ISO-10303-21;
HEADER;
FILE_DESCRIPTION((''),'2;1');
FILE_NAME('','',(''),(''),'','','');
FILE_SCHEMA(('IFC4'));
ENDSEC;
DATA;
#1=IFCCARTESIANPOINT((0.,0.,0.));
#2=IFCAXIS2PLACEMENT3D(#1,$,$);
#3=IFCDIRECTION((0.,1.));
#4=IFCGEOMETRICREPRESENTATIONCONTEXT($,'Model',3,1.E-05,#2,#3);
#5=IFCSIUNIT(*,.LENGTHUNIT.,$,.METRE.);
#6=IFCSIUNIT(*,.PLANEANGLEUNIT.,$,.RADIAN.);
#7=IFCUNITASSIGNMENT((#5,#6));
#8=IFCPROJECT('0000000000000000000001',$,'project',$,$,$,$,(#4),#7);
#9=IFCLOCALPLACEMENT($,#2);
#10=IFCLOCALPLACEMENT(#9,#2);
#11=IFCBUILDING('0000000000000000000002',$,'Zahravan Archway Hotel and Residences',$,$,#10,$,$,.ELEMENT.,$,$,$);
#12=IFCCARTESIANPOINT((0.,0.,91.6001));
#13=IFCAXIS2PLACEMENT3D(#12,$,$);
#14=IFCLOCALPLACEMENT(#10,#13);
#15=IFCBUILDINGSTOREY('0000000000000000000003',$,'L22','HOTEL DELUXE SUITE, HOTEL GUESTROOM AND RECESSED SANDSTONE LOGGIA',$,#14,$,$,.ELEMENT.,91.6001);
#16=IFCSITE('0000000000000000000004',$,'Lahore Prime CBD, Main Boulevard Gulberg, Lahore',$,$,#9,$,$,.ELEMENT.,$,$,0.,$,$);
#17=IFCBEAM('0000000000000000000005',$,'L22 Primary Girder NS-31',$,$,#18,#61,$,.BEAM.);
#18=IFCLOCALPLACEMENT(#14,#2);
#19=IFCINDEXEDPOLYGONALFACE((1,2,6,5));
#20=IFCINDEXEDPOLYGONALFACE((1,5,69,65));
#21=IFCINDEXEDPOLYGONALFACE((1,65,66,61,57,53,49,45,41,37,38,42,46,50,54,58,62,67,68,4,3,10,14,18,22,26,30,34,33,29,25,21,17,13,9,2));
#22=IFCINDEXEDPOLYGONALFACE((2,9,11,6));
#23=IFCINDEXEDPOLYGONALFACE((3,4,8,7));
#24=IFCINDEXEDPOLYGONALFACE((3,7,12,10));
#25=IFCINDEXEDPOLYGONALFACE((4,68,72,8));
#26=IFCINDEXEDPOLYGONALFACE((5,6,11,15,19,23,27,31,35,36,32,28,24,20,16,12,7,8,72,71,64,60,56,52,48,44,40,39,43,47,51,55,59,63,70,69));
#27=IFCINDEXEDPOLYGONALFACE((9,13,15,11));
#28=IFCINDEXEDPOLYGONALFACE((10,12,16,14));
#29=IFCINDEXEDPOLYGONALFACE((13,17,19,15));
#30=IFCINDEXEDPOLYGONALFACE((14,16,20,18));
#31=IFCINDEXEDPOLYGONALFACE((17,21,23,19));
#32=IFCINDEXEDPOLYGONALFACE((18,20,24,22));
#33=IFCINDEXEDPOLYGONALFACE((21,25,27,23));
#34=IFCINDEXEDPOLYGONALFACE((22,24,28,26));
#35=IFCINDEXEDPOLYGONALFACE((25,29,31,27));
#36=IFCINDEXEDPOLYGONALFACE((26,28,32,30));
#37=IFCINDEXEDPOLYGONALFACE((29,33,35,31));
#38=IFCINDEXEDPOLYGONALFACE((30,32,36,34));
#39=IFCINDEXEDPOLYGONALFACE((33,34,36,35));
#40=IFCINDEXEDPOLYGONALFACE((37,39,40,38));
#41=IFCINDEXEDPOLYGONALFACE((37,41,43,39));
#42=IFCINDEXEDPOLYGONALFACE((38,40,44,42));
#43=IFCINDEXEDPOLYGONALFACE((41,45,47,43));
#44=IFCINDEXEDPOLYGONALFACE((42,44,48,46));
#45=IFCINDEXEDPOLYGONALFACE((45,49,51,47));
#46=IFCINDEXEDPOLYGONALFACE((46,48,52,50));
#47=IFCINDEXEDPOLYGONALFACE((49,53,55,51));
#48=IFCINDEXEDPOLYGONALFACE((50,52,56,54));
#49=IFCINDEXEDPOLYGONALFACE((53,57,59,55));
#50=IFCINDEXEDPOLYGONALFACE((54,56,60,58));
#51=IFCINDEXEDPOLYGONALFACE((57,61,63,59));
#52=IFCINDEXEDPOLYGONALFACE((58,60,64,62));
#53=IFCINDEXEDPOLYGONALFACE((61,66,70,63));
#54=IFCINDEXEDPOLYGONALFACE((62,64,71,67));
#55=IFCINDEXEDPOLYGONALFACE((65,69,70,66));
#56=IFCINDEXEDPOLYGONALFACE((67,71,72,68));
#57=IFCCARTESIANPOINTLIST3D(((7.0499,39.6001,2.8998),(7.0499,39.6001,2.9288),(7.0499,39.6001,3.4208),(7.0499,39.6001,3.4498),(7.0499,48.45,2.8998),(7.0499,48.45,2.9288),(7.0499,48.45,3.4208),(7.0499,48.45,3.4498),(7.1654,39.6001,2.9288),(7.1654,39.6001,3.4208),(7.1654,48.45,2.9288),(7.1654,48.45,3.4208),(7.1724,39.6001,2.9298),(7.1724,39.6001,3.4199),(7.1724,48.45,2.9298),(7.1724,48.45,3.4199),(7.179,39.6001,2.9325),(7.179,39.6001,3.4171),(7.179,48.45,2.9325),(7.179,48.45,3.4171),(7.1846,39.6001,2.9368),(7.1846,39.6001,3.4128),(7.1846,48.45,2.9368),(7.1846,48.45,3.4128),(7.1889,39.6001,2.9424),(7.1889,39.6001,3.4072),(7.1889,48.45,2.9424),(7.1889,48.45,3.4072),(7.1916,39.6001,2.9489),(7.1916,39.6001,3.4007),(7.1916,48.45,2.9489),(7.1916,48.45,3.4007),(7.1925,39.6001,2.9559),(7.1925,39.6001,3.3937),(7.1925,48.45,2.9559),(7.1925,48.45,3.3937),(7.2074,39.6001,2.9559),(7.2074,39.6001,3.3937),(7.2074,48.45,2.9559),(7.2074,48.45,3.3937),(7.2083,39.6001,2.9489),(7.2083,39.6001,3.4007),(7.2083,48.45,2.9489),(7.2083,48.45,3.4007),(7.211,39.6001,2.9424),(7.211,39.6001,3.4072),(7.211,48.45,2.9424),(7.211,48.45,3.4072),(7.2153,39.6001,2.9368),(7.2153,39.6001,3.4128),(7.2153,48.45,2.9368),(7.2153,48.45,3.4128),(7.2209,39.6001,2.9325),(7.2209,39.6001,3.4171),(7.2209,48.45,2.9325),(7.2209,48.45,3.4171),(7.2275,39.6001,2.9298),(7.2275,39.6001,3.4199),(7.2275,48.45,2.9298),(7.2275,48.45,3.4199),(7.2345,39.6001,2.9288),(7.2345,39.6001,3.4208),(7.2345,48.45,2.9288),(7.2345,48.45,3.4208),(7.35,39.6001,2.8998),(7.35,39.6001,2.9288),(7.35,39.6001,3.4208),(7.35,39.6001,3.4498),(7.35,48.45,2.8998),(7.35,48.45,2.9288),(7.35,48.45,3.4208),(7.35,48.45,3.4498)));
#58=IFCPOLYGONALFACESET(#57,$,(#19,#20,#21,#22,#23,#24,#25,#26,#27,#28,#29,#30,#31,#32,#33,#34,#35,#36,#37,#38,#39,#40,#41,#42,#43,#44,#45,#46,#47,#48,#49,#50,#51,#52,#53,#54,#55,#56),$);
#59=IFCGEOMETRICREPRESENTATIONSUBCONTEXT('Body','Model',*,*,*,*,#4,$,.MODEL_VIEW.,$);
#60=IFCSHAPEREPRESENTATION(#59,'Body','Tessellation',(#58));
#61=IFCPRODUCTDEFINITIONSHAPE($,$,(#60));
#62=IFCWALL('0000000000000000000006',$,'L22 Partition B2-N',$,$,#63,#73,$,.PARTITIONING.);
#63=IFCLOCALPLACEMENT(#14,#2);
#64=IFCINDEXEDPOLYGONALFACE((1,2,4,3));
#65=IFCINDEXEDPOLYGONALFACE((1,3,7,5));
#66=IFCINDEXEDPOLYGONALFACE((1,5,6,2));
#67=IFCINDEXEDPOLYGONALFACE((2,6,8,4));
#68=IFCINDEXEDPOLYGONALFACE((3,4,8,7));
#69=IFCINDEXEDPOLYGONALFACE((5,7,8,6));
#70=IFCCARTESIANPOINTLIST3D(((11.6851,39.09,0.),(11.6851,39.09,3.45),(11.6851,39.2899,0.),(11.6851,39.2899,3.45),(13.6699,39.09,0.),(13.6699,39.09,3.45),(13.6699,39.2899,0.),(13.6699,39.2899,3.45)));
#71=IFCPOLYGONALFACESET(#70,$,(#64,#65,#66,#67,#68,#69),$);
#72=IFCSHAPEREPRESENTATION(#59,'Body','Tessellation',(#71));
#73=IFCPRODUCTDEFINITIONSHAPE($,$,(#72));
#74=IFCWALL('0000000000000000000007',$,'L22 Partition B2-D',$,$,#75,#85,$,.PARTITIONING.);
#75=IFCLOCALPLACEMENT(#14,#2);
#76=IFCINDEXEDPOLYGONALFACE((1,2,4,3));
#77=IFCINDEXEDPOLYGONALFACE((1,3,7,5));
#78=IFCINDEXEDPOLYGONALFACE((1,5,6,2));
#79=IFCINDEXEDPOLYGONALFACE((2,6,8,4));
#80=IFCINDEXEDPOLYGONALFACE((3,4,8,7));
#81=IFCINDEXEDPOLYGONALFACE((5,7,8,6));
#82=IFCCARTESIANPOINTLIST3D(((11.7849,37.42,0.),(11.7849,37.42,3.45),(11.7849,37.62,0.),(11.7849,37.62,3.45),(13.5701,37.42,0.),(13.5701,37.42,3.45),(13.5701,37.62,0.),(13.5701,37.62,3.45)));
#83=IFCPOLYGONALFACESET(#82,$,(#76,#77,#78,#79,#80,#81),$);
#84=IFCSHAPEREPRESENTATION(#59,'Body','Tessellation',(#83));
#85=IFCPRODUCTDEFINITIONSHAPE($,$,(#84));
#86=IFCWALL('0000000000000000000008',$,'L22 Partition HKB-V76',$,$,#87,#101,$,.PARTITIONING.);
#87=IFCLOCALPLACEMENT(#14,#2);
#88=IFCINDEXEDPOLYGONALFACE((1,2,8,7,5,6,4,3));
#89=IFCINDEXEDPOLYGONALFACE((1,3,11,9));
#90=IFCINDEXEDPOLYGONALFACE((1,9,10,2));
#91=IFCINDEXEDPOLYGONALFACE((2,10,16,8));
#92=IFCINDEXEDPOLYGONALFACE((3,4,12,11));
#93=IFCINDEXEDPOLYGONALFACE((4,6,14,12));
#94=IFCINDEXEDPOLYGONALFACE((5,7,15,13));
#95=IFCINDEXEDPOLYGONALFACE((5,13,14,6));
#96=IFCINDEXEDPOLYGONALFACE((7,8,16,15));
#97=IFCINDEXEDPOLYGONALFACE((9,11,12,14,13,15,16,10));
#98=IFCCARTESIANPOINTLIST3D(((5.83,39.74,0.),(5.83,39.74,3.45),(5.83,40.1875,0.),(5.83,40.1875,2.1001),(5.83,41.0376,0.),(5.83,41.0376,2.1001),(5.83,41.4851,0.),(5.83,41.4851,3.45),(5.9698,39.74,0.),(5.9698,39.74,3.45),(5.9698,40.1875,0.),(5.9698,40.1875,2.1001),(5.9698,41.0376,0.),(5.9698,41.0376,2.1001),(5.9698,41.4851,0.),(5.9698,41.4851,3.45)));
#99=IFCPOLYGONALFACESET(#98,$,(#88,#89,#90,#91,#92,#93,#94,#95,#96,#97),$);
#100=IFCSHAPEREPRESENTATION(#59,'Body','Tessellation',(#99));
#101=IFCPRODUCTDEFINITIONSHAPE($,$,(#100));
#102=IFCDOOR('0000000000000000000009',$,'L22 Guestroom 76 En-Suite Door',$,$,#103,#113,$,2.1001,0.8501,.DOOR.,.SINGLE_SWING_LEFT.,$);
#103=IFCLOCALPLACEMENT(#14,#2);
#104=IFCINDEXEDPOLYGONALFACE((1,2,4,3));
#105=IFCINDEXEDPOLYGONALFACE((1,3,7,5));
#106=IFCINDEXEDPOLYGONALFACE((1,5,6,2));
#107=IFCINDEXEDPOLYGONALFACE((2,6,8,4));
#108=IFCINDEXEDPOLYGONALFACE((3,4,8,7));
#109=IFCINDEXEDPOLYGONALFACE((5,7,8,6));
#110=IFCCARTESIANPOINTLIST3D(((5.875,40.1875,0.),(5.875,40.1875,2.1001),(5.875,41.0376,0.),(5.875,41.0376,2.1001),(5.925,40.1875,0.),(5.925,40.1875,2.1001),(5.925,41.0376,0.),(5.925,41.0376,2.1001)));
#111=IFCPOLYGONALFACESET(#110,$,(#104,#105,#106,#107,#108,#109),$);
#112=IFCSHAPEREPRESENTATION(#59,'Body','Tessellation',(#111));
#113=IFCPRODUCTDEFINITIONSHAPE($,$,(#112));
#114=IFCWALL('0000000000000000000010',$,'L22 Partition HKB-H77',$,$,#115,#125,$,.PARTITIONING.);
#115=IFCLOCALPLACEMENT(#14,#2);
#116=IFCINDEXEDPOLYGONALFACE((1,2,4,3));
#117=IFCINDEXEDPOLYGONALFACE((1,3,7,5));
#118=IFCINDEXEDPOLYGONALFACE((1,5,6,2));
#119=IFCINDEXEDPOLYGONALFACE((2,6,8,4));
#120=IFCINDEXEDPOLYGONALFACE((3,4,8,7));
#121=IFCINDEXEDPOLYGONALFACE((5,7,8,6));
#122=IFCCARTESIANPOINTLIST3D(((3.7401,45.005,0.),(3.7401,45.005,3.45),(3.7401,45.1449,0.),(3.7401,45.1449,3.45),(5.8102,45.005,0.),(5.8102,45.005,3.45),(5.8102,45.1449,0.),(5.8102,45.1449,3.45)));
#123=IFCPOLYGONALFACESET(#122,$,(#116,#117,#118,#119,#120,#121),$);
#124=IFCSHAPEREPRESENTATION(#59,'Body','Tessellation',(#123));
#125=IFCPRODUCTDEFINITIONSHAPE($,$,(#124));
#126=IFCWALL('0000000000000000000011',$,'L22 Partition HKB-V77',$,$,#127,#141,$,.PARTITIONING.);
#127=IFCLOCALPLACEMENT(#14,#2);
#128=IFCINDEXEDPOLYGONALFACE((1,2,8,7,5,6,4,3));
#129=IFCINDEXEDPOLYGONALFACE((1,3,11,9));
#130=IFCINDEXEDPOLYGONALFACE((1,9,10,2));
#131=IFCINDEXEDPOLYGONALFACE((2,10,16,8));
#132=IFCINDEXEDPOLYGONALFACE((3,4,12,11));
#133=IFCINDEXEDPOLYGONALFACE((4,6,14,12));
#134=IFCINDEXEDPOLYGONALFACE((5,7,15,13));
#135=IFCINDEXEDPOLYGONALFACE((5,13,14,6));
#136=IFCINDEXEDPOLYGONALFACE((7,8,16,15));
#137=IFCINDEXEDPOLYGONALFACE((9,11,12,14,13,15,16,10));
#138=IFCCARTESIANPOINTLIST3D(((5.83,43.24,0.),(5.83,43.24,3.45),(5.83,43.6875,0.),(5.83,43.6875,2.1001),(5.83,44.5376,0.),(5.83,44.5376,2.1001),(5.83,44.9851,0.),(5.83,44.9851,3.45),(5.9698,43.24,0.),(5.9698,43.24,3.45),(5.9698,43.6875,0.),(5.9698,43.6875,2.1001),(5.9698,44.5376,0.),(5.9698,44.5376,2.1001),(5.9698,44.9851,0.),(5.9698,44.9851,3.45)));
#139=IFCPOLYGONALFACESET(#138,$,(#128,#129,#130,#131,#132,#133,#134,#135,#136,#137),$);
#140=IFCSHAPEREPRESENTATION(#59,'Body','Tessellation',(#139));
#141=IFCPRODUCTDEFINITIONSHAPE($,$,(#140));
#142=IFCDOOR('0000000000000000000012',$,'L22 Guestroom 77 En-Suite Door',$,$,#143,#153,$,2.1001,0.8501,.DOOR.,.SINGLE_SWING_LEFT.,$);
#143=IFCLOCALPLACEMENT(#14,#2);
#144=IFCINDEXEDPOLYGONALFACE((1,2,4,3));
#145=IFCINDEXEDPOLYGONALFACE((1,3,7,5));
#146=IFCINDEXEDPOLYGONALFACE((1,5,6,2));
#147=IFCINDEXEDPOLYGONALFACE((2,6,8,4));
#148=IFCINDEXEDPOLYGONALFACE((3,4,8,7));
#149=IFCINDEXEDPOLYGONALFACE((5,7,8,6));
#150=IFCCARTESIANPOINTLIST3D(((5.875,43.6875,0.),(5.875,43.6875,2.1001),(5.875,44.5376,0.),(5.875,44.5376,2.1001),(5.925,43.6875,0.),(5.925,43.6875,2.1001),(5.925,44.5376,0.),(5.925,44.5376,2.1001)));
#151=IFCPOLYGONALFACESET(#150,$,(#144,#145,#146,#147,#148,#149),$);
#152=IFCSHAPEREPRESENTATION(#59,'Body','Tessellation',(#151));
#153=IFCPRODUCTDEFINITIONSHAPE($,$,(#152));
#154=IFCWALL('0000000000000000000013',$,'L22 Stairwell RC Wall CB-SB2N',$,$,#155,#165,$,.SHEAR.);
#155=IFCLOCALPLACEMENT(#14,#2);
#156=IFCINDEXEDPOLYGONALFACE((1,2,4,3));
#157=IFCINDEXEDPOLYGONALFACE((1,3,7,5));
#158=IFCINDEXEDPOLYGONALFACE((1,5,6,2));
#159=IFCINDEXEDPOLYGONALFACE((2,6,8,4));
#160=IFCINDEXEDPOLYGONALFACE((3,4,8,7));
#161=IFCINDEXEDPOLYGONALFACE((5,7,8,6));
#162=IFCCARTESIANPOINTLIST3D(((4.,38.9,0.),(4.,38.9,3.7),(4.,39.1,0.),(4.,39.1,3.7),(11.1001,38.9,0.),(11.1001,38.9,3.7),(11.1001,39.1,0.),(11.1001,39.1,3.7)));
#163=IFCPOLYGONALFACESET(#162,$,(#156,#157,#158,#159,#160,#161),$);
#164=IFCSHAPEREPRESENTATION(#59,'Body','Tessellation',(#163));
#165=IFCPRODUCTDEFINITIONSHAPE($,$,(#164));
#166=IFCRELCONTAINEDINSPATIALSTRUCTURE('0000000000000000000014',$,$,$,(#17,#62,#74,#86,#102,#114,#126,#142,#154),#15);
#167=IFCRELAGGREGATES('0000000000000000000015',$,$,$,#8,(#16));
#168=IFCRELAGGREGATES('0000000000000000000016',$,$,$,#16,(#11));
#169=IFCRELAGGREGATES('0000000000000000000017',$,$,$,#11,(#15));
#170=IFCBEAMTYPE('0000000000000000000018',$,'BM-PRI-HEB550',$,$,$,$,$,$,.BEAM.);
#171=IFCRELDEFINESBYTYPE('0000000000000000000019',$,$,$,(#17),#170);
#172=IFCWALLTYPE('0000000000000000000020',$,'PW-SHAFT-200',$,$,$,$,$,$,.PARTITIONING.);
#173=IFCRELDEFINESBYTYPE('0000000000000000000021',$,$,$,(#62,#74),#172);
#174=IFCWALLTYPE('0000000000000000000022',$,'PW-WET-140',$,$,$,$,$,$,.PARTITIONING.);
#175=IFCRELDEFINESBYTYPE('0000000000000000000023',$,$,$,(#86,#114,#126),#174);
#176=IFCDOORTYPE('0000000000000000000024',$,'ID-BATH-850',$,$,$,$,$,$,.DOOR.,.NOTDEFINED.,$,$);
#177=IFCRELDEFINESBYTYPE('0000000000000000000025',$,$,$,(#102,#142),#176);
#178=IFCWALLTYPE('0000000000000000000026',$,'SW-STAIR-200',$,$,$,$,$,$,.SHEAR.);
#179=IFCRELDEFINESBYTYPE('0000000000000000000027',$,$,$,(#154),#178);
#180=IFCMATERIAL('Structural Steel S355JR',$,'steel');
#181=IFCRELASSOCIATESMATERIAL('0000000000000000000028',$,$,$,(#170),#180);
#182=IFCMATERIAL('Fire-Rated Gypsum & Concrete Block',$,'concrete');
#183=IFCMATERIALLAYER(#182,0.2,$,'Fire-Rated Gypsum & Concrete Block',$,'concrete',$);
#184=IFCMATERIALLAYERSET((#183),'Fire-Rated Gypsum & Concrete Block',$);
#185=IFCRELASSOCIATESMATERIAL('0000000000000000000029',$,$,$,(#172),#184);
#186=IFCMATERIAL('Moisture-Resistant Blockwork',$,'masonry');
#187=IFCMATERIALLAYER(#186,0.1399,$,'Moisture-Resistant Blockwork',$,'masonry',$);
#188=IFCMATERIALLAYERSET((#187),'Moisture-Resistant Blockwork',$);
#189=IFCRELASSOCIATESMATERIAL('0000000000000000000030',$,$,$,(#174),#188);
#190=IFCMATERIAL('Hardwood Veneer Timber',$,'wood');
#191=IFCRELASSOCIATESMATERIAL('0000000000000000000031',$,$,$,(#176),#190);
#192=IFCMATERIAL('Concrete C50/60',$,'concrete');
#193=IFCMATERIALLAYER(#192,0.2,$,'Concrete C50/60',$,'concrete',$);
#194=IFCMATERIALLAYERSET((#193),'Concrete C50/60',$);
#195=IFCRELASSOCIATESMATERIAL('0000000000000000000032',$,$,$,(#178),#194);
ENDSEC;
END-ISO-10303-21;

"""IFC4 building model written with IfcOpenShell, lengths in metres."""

from ifc_helpers import new_model, si_unit, direction, frame, frame_2d, origin, origin_2d, place, context, subcontext, project, spatial, rectangle, i_section, extrude, source, transform, mapped, material, layer, layer_set, material_profile, profile_set, type_object, type_shapes, element, fill, save


model = new_model("IFC4")

# Units and contexts
model_context = context("Model", 3, precision=1e-05, world=origin(), true_north=direction((0.0, 1.0)))
body_context = subcontext(model_context, "Body", "Model", "MODEL_VIEW")
ifc_project = project(units=[si_unit("LENGTHUNIT", "METRE"), si_unit("PLANEANGLEUNIT", "RADIAN")], contexts=[model_context])

# Site, building, storey
site_placement = place(None, origin())
site = spatial("IfcSite", under=ifc_project, at=site_placement, Name="Lahore Prime CBD, Main Boulevard Gulberg, Lahore", CompositionType="ELEMENT", RefElevation=0.0)
building_placement = place(site_placement, origin())
building = spatial("IfcBuilding", under=site, at=building_placement, Name="Zahravan Archway Hotel and Residences", CompositionType="ELEMENT")
storey_placement = place(building_placement, frame((0.0, 0.0, 91.6001)))
storey = spatial("IfcBuildingStorey", under=building, at=storey_placement, Name="L22", Description="HOTEL DELUXE SUITE, HOTEL GUESTROOM AND RECESSED SANDSTONE LOGGIA", CompositionType="ELEMENT", Elevation=91.6001)

# Beam
ifc_material_1 = material(Name="Structural Steel S355JR", Category="steel")
ifc_material_profile_1 = material_profile(ifc_material_1, i_section(OverallWidth=0.3, OverallDepth=0.55, WebThickness=0.0149, FlangeThickness=0.0291, FilletRadius=0.0271, at=origin_2d()), Name="HEB 550", Category="steel")
ifc_profile_set_1 = profile_set([ifc_material_profile_1], Name="Structural Steel S355JR")
beam_type_1 = type_object("IfcBeamType", Name="BM-PRI-HEB550", PredefinedType="BEAM", material=ifc_profile_set_1)
shared_shape_1 = source(origin(), body_context, "Body", "SweptSolid", [
    extrude(i_section(OverallWidth=0.3, OverallDepth=0.55, WebThickness=0.0149, FlangeThickness=0.0291, FilletRadius=0.0271, at=origin_2d()), origin(), (0.0, 0.0, 1.0), 8.8499),
])
beam_1_placement = place(storey_placement, frame((7.2, 39.6001, 3.1748), z_axis=(0.0, 1.0, 0.0), x_axis=(-1.0, 0.0, 0.0)))
element("IfcBeam", 1, at=beam_1_placement, inside=storey, type_object=beam_type_1, Name="L22 Primary Girder NS-31", PredefinedType="BEAM", context=body_context, shape_type="MappedRepresentation", body=[
    mapped(shared_shape_1, transform((0.0, 0.0, 0.0), scale=1.0)),
])

# Walls
ifc_material_2 = material(Name="Fire-Rated Gypsum & Concrete Block", Category="concrete")
ifc_layer_1 = layer(ifc_material_2, 0.2, Name="Fire-Rated Gypsum & Concrete Block", Category="concrete")
ifc_layer_set_1 = layer_set([ifc_layer_1], Name="Fire-Rated Gypsum & Concrete Block")
wall_type_1 = type_object("IfcWallType", Name="PW-SHAFT-200", PredefinedType="PARTITIONING", material=ifc_layer_set_1)
wall_1_placement = place(storey_placement, frame((11.6851, 39.1899, 0.0), z_axis=(0.0, 0.0, 1.0), x_axis=(1.0, 0.0, 0.0)))
element("IfcWall", 2, at=wall_1_placement, inside=storey, type_object=wall_type_1, Name="L22 Partition B2-N", PredefinedType="PARTITIONING", context=body_context, shape_type="SweptSolid", body=[
    extrude(rectangle(XDim=1.9849, YDim=0.2, at=frame_2d((0.9924, 0.0))), origin(), (0.0, 0.0, 1.0), 3.45),
])
wall_2_placement = place(storey_placement, frame((11.7849, 37.52, 0.0), z_axis=(0.0, 0.0, 1.0), x_axis=(1.0, 0.0, 0.0)))
element("IfcWall", 3, at=wall_2_placement, inside=storey, type_object=wall_type_1, Name="L22 Partition B2-D", PredefinedType="PARTITIONING", context=body_context, shape_type="SweptSolid", body=[
    extrude(rectangle(XDim=1.7852, YDim=0.2, at=frame_2d((0.8926, 0.0))), origin(), (0.0, 0.0, 1.0), 3.45),
])

# Wall, opening, door
ifc_material_3 = material(Name="Moisture-Resistant Blockwork", Category="masonry")
ifc_layer_2 = layer(ifc_material_3, 0.1399, Name="Moisture-Resistant Blockwork", Category="masonry")
ifc_layer_set_2 = layer_set([ifc_layer_2], Name="Moisture-Resistant Blockwork")
wall_type_2 = type_object("IfcWallType", Name="PW-WET-140", PredefinedType="PARTITIONING", material=ifc_layer_set_2)
wall_3_placement = place(storey_placement, frame((5.8999, 39.74, 0.0), z_axis=(0.0, 0.0, 1.0), x_axis=(0.0, 1.0, 0.0)))
wall_3 = element("IfcWall", 4, at=wall_3_placement, inside=storey, type_object=wall_type_2, Name="L22 Partition HKB-V76", PredefinedType="PARTITIONING", context=body_context, shape_type="SweptSolid", body=[
    extrude(rectangle(XDim=1.7451, YDim=0.1399, at=frame_2d((0.8726, 0.0))), origin(), (0.0, 0.0, 1.0), 3.45),
])
opening_1_placement = place(wall_3_placement, frame((0.4475, 0.0, 0.0)))
opening_1 = element("IfcOpeningElement", 5, at=opening_1_placement, cuts=wall_3, PredefinedType="OPENING", context=body_context, shape_type="SweptSolid", body=[
    extrude(rectangle(XDim=0.8501, YDim=2.1001, at=frame_2d((0.425, 1.05))), frame((0.0, 0.0801, 0.0), z_axis=(0.0, -1.0, 0.0), x_axis=(1.0, 0.0, 0.0)), (0.0, 0.0, 1.0), 0.1599),
])
ifc_material_4 = material(Name="Hardwood Veneer Timber", Category="wood")
door_type = type_object("IfcDoorType", Name="ID-BATH-850", OperationType="NOTDEFINED", PredefinedType="DOOR", material=ifc_material_4)
shared_shape_2 = source(origin(), body_context, "Body", "SweptSolid", [
    extrude(rectangle(XDim=0.8501, YDim=2.1001, at=frame_2d((0.425, 1.05))), frame((0.0, 0.0249, 0.0), z_axis=(0.0, -1.0, 0.0), x_axis=(1.0, 0.0, 0.0)), (0.0, 0.0, 1.0), 0.05),
])
type_shapes(door_type, [shared_shape_2])
door_1_placement = place(opening_1_placement, origin())
door_1 = element("IfcDoor", 6, at=door_1_placement, inside=storey, type_object=door_type, Name="L22 Guestroom 76 En-Suite Door", OperationType="SINGLE_SWING_LEFT", OverallHeight=2.1001, OverallWidth=0.8501, PredefinedType="DOOR", context=body_context, shape_type="MappedRepresentation", body=[
    mapped(shared_shape_2, transform((0.0, 0.0, 0.0), scale=1.0)),
])
fill(opening_1, door_1)

# Wall
wall_4_placement = place(storey_placement, frame((3.74, 45.075, 0.0), z_axis=(0.0, 0.0, 1.0), x_axis=(1.0, 0.0, 0.0)))
element("IfcWall", 7, at=wall_4_placement, inside=storey, type_object=wall_type_2, Name="L22 Partition HKB-H77", PredefinedType="PARTITIONING", context=body_context, shape_type="SweptSolid", body=[
    extrude(rectangle(XDim=2.0701, YDim=0.1399, at=frame_2d((1.0352, 0.0))), origin(), (0.0, 0.0, 1.0), 3.45),
])

# Wall, opening, door
wall_5_placement = place(storey_placement, frame((5.8999, 43.24, 0.0), z_axis=(0.0, 0.0, 1.0), x_axis=(0.0, 1.0, 0.0)))
wall_5 = element("IfcWall", 8, at=wall_5_placement, inside=storey, type_object=wall_type_2, Name="L22 Partition HKB-V77", PredefinedType="PARTITIONING", context=body_context, shape_type="SweptSolid", body=[
    extrude(rectangle(XDim=1.7451, YDim=0.1399, at=frame_2d((0.8726, 0.0))), origin(), (0.0, 0.0, 1.0), 3.45),
])
opening_2_placement = place(wall_5_placement, frame((0.4475, 0.0, 0.0)))
opening_2 = element("IfcOpeningElement", 9, at=opening_2_placement, cuts=wall_5, PredefinedType="OPENING", context=body_context, shape_type="SweptSolid", body=[
    extrude(rectangle(XDim=0.8501, YDim=2.1001, at=frame_2d((0.425, 1.05))), frame((0.0, 0.0801, 0.0), z_axis=(0.0, -1.0, 0.0), x_axis=(1.0, 0.0, 0.0)), (0.0, 0.0, 1.0), 0.1599),
])
door_2_placement = place(opening_2_placement, origin())
door_2 = element("IfcDoor", 10, at=door_2_placement, inside=storey, type_object=door_type, Name="L22 Guestroom 77 En-Suite Door", OperationType="SINGLE_SWING_LEFT", OverallHeight=2.1001, OverallWidth=0.8501, PredefinedType="DOOR", context=body_context, shape_type="MappedRepresentation", body=[
    mapped(shared_shape_2, transform((0.0, 0.0, 0.0), scale=1.0)),
])
fill(opening_2, door_2)

# Wall
ifc_material_5 = material(Name="Concrete C50/60", Category="concrete")
ifc_layer_3 = layer(ifc_material_5, 0.2, Name="Concrete C50/60", Category="concrete")
ifc_layer_set_3 = layer_set([ifc_layer_3], Name="Concrete C50/60")
wall_type_3 = type_object("IfcWallType", Name="SW-STAIR-200", PredefinedType="SHEAR", material=ifc_layer_set_3)
wall_6_placement = place(storey_placement, frame((4.0, 39.0, 0.0), z_axis=(0.0, 0.0, 1.0), x_axis=(1.0, 0.0, 0.0)))
element("IfcWall", 11, at=wall_6_placement, inside=storey, type_object=wall_type_3, Name="L22 Stairwell RC Wall CB-SB2N", PredefinedType="SHEAR", context=body_context, shape_type="SweptSolid", body=[
    extrude(rectangle(XDim=7.1001, YDim=0.2, at=frame_2d((3.55, 0.0))), origin(), (0.0, 0.0, 1.0), 3.7),
])

save(model, "model.ifc")
